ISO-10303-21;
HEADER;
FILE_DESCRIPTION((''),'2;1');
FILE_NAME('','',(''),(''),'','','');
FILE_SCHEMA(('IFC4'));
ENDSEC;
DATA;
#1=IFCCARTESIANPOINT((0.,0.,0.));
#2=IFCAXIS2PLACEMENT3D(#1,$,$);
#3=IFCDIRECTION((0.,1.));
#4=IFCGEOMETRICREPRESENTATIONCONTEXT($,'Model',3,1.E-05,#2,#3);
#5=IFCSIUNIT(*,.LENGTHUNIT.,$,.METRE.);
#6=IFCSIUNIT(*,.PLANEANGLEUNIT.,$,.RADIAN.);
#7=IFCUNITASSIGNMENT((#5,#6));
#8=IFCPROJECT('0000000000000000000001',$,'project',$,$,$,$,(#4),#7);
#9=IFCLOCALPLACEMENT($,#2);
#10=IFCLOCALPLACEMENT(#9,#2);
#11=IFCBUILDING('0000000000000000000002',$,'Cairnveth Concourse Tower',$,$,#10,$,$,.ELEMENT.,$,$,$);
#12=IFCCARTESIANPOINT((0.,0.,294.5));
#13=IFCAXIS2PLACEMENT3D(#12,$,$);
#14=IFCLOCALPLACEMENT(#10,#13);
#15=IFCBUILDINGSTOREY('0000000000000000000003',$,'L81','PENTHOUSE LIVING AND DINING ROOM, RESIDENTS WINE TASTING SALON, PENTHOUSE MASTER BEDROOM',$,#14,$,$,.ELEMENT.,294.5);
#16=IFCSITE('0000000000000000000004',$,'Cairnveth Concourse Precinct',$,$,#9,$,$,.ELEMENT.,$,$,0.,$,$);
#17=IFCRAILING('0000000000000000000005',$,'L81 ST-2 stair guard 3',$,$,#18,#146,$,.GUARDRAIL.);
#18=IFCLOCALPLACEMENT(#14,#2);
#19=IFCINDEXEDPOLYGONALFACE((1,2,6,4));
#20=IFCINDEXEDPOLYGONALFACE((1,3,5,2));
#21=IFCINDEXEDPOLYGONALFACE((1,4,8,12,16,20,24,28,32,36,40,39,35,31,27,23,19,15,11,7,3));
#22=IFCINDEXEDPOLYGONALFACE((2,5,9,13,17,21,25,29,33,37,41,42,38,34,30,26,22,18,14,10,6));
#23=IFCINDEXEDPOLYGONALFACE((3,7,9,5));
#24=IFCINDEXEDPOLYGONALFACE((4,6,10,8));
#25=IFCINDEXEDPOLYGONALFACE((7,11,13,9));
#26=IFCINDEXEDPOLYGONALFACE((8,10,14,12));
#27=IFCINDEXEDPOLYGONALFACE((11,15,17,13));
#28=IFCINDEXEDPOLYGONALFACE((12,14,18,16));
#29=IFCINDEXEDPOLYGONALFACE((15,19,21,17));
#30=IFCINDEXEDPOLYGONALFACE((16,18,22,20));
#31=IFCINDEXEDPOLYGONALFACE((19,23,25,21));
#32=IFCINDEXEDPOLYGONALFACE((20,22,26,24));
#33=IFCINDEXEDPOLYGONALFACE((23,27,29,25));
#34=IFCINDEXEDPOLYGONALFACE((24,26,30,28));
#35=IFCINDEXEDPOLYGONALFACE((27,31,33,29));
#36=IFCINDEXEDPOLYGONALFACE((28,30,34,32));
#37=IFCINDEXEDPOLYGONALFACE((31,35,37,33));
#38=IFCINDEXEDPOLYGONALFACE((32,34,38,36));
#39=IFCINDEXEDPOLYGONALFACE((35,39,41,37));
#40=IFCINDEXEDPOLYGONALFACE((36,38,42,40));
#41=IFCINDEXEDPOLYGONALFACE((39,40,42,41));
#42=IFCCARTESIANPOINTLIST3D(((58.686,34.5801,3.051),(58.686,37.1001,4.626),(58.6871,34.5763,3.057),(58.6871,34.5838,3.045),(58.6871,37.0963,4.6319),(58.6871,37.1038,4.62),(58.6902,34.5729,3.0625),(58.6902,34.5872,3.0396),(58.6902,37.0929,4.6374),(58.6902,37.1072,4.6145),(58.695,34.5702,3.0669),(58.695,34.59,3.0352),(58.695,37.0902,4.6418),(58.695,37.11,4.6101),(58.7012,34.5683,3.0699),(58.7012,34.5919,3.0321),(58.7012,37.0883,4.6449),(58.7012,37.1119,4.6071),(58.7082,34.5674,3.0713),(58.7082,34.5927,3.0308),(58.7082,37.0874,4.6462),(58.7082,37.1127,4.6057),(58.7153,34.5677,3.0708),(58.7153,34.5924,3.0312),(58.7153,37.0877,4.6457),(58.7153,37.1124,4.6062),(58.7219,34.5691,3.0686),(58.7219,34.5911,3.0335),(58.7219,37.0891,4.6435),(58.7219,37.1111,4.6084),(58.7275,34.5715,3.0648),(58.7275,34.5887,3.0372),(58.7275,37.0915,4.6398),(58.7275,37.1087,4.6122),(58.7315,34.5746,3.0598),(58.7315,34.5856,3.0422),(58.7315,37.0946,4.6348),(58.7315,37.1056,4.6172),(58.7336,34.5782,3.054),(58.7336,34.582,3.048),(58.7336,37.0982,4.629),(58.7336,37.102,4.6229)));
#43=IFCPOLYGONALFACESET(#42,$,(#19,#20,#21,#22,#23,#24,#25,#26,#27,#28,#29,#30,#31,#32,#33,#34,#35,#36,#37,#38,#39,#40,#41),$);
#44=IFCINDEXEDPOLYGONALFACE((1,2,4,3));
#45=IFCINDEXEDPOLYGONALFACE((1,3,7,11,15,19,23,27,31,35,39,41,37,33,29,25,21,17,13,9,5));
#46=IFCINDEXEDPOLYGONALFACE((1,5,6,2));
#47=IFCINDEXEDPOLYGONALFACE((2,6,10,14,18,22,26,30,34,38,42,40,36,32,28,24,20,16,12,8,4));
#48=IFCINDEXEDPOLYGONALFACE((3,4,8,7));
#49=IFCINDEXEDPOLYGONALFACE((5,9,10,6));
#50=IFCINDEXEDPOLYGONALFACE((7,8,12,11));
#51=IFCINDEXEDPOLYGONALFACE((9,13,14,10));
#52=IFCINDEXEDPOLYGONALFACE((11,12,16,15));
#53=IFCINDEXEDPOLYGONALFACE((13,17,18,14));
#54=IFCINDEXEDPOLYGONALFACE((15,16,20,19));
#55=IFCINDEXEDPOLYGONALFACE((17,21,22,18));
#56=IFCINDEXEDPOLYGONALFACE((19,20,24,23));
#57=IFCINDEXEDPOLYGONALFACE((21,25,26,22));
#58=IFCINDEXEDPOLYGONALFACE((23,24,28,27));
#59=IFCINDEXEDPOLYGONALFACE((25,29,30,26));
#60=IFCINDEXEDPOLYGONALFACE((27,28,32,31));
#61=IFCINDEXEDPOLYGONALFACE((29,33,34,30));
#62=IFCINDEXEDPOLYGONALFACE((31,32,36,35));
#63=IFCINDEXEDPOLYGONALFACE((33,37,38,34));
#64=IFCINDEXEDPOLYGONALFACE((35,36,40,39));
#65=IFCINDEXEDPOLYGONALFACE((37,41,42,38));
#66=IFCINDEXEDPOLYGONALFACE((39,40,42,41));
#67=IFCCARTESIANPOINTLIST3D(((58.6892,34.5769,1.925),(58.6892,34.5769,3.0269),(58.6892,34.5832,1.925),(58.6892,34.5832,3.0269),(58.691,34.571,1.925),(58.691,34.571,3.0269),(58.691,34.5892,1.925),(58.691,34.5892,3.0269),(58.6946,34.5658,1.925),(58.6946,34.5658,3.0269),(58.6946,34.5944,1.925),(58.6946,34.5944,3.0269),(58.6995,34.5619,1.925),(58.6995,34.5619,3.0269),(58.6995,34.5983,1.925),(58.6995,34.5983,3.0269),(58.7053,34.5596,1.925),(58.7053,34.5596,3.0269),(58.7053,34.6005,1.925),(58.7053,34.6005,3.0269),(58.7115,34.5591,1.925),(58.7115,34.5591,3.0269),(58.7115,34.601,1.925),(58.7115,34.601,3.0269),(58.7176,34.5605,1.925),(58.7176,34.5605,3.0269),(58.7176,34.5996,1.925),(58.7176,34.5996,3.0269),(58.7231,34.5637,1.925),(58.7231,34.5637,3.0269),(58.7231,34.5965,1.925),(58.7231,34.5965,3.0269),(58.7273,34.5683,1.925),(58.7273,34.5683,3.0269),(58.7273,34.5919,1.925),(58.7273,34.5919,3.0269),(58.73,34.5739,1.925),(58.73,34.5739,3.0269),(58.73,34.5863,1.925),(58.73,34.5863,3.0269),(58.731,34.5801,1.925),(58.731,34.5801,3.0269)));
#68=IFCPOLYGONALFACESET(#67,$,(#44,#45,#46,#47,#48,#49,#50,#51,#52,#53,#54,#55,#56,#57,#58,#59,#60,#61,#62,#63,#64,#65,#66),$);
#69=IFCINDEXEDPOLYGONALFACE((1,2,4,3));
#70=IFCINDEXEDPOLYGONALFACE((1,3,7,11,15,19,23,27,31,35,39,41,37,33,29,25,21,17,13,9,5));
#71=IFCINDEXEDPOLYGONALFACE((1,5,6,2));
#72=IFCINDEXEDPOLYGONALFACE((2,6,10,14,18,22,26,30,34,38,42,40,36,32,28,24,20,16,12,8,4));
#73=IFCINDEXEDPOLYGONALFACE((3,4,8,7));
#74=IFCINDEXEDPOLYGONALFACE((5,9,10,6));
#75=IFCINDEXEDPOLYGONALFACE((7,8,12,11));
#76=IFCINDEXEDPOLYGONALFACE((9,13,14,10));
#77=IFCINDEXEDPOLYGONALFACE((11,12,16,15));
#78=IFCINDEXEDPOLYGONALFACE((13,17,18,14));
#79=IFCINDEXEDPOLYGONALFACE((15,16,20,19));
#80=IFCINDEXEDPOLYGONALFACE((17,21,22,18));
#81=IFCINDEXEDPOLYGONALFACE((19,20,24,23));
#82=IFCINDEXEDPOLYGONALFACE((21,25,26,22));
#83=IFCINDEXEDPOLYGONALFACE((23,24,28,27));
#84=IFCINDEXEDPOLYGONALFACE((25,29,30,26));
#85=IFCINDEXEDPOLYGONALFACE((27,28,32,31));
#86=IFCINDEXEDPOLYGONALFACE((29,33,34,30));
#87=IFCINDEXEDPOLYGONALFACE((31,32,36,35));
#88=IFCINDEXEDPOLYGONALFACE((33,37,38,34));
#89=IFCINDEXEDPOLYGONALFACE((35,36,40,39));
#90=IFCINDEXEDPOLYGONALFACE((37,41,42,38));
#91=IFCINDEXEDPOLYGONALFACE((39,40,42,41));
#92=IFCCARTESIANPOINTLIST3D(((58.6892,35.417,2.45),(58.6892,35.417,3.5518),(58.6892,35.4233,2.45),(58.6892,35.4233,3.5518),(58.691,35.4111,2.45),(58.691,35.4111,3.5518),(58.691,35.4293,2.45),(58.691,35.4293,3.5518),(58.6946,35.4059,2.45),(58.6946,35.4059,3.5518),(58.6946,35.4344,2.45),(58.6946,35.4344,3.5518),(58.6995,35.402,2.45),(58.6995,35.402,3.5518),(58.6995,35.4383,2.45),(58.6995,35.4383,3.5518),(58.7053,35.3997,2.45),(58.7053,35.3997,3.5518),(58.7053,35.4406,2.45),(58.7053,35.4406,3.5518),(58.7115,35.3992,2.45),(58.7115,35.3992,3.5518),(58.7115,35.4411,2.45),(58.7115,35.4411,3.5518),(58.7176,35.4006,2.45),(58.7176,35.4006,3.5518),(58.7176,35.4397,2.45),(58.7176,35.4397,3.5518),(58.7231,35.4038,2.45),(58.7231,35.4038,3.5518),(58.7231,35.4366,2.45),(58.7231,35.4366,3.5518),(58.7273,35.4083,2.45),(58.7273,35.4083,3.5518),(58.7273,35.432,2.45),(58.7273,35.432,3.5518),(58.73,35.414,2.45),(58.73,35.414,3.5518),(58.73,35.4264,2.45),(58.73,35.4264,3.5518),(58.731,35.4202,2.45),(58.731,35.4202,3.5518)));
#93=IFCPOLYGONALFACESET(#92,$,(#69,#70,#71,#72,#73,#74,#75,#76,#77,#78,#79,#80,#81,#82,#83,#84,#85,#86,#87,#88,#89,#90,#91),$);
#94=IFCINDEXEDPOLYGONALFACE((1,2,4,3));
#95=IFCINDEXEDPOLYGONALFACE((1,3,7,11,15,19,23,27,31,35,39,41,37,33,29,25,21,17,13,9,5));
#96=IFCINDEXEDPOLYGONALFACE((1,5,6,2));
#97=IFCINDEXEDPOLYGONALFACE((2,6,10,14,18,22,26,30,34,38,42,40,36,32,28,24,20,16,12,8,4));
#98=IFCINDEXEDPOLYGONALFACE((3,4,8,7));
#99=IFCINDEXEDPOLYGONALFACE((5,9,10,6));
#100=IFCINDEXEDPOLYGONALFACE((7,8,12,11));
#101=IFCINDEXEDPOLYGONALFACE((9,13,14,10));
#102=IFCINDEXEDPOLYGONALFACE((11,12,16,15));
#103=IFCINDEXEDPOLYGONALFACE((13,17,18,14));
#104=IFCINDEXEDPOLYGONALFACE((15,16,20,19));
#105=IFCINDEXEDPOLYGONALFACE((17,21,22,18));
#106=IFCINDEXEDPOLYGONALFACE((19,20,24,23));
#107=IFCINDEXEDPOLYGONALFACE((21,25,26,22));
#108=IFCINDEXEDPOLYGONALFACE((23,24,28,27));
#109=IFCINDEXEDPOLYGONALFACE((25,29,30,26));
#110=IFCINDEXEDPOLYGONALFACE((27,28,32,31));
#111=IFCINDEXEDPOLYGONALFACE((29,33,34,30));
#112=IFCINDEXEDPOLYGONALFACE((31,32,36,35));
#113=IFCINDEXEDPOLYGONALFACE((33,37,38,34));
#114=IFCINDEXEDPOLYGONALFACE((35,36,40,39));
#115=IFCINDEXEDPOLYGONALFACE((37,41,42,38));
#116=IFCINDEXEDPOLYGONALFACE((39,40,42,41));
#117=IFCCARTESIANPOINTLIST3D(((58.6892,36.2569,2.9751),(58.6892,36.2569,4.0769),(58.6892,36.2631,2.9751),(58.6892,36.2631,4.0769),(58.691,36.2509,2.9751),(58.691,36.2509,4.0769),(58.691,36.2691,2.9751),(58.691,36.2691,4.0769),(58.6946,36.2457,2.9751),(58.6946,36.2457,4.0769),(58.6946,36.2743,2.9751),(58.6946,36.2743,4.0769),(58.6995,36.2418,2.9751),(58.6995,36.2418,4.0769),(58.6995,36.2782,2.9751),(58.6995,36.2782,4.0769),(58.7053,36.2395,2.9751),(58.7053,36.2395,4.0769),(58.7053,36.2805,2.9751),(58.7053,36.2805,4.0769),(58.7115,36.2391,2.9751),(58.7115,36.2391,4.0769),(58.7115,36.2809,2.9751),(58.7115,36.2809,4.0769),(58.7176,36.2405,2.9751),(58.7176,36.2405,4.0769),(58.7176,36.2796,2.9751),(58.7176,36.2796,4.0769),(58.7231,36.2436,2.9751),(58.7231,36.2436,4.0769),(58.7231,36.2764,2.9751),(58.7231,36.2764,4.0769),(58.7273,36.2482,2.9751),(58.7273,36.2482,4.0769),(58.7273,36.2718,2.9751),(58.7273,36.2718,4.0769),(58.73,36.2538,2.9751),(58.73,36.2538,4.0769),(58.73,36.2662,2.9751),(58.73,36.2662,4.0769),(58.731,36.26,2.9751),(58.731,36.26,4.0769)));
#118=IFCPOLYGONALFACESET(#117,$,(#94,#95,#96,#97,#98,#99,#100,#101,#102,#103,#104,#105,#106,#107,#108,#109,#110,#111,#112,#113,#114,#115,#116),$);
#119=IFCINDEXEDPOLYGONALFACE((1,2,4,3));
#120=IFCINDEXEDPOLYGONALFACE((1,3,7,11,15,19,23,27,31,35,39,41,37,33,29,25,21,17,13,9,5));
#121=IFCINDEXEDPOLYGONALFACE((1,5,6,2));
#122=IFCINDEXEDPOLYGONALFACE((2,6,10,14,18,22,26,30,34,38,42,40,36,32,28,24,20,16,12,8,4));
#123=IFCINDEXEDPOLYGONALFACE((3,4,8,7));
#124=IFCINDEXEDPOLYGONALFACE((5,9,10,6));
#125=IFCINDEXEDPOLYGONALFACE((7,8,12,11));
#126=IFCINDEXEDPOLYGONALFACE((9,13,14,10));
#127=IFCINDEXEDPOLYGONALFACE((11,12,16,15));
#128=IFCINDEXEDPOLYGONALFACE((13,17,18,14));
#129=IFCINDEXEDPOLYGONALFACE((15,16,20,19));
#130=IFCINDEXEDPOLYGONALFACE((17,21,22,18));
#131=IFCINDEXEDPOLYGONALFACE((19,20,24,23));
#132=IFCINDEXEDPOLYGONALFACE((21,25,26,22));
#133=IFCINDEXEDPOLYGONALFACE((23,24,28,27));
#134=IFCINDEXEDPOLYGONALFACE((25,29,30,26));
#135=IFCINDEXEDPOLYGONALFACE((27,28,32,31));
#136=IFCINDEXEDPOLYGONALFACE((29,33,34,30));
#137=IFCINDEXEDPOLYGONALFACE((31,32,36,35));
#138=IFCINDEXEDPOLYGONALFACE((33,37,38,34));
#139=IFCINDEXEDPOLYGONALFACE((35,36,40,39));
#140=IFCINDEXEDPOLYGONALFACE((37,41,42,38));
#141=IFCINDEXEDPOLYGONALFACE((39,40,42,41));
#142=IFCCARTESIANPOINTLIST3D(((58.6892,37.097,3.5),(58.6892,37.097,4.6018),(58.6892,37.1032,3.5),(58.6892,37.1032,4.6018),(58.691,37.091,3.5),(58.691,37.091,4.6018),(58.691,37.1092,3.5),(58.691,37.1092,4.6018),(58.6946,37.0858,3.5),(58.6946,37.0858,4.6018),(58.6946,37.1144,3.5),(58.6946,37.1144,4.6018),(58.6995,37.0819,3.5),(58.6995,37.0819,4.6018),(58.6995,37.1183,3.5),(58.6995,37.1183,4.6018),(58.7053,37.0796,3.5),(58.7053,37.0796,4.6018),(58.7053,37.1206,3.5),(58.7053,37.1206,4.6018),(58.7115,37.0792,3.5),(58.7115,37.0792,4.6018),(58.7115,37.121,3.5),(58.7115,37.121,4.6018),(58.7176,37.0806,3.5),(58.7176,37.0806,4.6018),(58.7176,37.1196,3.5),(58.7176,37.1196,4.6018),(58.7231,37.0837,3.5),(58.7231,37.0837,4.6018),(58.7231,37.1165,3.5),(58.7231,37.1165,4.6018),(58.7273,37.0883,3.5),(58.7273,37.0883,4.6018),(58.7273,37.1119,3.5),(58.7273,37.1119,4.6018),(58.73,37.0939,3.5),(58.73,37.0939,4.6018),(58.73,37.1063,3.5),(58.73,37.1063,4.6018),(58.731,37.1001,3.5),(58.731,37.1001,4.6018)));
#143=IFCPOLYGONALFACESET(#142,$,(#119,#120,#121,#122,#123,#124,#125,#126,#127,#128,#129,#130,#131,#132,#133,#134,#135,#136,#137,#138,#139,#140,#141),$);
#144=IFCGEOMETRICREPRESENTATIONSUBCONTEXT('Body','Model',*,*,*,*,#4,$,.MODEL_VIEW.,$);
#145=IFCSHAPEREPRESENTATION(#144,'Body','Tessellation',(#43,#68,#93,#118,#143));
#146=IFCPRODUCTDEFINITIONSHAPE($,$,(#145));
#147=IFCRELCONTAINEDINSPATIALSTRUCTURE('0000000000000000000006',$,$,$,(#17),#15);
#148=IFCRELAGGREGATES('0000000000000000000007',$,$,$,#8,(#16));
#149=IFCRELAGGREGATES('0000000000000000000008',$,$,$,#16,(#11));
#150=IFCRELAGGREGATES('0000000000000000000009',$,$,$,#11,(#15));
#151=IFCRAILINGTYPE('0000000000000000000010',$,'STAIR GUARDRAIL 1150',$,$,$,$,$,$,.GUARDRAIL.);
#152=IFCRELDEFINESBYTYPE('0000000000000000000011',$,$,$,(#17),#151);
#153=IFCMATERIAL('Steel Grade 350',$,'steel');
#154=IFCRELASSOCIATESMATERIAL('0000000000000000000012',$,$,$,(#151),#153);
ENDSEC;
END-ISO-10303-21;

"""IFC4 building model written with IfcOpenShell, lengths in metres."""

from ifc_helpers import new_model, si_unit, direction, frame, origin, origin_2d, place, context, subcontext, project, spatial, circle, extrude, material, type_object, element, save


model = new_model("IFC4")

# Units and contexts
model_context = context("Model", 3, precision=1e-05, world=origin(), true_north=direction((0.0, 1.0)))
body_context = subcontext(model_context, "Body", "Model", "MODEL_VIEW")
ifc_project = project(units=[si_unit("LENGTHUNIT", "METRE"), si_unit("PLANEANGLEUNIT", "RADIAN")], contexts=[model_context])

# Site, building, storey
site_placement = place(None, origin())
site = spatial("IfcSite", under=ifc_project, at=site_placement, Name="Cairnveth Concourse Precinct", CompositionType="ELEMENT", RefElevation=0.0)
building_placement = place(site_placement, origin())
building = spatial("IfcBuilding", under=site, at=building_placement, Name="Cairnveth Concourse Tower", CompositionType="ELEMENT")
storey_placement = place(building_placement, frame((0.0, 0.0, 294.5)))
storey = spatial("IfcBuildingStorey", under=building, at=storey_placement, Name="L81", Description="PENTHOUSE LIVING AND DINING ROOM, RESIDENTS WINE TASTING SALON, PENTHOUSE MASTER BEDROOM", CompositionType="ELEMENT", Elevation=294.5)

# Shared definitions
ifc_material_1 = material(Name="Steel Grade 350", Category="steel")

# Railing
railing_type = type_object("IfcRailingType", Name="STAIR GUARDRAIL 1150", PredefinedType="GUARDRAIL", material=ifc_material_1)
railing_placement = place(storey_placement, frame((58.71, 34.5801, 1.925)))
element("IfcRailing", 1, at=railing_placement, inside=storey, type_object=railing_type, Name="L81 ST-2 stair guard 3", PredefinedType="GUARDRAIL", context=body_context, shape_type="SweptSolid", body=[
    extrude(circle(Radius=0.0239, at=origin_2d()), frame((0.0, 0.0, 1.126), z_axis=(0.0, 0.848008, 0.529984), x_axis=(-1.0, 0.0, 0.0)), (0.0, 0.0, 1.0), 2.9717),
    extrude(circle(Radius=0.021, at=origin_2d()), origin(), (0.0, 0.0, 1.0), 1.1018),
    extrude(circle(Radius=0.021, at=origin_2d()), frame((0.0, 0.8401, 0.5249)), (0.0, 0.0, 1.0), 1.1018),
    extrude(circle(Radius=0.021, at=origin_2d()), frame((0.0, 1.6799, 1.05)), (0.0, 0.0, 1.0), 1.1018),
    extrude(circle(Radius=0.021, at=origin_2d()), frame((0.0, 2.52, 1.575)), (0.0, 0.0, 1.0), 1.1018),
])

save(model, "model.ifc")
